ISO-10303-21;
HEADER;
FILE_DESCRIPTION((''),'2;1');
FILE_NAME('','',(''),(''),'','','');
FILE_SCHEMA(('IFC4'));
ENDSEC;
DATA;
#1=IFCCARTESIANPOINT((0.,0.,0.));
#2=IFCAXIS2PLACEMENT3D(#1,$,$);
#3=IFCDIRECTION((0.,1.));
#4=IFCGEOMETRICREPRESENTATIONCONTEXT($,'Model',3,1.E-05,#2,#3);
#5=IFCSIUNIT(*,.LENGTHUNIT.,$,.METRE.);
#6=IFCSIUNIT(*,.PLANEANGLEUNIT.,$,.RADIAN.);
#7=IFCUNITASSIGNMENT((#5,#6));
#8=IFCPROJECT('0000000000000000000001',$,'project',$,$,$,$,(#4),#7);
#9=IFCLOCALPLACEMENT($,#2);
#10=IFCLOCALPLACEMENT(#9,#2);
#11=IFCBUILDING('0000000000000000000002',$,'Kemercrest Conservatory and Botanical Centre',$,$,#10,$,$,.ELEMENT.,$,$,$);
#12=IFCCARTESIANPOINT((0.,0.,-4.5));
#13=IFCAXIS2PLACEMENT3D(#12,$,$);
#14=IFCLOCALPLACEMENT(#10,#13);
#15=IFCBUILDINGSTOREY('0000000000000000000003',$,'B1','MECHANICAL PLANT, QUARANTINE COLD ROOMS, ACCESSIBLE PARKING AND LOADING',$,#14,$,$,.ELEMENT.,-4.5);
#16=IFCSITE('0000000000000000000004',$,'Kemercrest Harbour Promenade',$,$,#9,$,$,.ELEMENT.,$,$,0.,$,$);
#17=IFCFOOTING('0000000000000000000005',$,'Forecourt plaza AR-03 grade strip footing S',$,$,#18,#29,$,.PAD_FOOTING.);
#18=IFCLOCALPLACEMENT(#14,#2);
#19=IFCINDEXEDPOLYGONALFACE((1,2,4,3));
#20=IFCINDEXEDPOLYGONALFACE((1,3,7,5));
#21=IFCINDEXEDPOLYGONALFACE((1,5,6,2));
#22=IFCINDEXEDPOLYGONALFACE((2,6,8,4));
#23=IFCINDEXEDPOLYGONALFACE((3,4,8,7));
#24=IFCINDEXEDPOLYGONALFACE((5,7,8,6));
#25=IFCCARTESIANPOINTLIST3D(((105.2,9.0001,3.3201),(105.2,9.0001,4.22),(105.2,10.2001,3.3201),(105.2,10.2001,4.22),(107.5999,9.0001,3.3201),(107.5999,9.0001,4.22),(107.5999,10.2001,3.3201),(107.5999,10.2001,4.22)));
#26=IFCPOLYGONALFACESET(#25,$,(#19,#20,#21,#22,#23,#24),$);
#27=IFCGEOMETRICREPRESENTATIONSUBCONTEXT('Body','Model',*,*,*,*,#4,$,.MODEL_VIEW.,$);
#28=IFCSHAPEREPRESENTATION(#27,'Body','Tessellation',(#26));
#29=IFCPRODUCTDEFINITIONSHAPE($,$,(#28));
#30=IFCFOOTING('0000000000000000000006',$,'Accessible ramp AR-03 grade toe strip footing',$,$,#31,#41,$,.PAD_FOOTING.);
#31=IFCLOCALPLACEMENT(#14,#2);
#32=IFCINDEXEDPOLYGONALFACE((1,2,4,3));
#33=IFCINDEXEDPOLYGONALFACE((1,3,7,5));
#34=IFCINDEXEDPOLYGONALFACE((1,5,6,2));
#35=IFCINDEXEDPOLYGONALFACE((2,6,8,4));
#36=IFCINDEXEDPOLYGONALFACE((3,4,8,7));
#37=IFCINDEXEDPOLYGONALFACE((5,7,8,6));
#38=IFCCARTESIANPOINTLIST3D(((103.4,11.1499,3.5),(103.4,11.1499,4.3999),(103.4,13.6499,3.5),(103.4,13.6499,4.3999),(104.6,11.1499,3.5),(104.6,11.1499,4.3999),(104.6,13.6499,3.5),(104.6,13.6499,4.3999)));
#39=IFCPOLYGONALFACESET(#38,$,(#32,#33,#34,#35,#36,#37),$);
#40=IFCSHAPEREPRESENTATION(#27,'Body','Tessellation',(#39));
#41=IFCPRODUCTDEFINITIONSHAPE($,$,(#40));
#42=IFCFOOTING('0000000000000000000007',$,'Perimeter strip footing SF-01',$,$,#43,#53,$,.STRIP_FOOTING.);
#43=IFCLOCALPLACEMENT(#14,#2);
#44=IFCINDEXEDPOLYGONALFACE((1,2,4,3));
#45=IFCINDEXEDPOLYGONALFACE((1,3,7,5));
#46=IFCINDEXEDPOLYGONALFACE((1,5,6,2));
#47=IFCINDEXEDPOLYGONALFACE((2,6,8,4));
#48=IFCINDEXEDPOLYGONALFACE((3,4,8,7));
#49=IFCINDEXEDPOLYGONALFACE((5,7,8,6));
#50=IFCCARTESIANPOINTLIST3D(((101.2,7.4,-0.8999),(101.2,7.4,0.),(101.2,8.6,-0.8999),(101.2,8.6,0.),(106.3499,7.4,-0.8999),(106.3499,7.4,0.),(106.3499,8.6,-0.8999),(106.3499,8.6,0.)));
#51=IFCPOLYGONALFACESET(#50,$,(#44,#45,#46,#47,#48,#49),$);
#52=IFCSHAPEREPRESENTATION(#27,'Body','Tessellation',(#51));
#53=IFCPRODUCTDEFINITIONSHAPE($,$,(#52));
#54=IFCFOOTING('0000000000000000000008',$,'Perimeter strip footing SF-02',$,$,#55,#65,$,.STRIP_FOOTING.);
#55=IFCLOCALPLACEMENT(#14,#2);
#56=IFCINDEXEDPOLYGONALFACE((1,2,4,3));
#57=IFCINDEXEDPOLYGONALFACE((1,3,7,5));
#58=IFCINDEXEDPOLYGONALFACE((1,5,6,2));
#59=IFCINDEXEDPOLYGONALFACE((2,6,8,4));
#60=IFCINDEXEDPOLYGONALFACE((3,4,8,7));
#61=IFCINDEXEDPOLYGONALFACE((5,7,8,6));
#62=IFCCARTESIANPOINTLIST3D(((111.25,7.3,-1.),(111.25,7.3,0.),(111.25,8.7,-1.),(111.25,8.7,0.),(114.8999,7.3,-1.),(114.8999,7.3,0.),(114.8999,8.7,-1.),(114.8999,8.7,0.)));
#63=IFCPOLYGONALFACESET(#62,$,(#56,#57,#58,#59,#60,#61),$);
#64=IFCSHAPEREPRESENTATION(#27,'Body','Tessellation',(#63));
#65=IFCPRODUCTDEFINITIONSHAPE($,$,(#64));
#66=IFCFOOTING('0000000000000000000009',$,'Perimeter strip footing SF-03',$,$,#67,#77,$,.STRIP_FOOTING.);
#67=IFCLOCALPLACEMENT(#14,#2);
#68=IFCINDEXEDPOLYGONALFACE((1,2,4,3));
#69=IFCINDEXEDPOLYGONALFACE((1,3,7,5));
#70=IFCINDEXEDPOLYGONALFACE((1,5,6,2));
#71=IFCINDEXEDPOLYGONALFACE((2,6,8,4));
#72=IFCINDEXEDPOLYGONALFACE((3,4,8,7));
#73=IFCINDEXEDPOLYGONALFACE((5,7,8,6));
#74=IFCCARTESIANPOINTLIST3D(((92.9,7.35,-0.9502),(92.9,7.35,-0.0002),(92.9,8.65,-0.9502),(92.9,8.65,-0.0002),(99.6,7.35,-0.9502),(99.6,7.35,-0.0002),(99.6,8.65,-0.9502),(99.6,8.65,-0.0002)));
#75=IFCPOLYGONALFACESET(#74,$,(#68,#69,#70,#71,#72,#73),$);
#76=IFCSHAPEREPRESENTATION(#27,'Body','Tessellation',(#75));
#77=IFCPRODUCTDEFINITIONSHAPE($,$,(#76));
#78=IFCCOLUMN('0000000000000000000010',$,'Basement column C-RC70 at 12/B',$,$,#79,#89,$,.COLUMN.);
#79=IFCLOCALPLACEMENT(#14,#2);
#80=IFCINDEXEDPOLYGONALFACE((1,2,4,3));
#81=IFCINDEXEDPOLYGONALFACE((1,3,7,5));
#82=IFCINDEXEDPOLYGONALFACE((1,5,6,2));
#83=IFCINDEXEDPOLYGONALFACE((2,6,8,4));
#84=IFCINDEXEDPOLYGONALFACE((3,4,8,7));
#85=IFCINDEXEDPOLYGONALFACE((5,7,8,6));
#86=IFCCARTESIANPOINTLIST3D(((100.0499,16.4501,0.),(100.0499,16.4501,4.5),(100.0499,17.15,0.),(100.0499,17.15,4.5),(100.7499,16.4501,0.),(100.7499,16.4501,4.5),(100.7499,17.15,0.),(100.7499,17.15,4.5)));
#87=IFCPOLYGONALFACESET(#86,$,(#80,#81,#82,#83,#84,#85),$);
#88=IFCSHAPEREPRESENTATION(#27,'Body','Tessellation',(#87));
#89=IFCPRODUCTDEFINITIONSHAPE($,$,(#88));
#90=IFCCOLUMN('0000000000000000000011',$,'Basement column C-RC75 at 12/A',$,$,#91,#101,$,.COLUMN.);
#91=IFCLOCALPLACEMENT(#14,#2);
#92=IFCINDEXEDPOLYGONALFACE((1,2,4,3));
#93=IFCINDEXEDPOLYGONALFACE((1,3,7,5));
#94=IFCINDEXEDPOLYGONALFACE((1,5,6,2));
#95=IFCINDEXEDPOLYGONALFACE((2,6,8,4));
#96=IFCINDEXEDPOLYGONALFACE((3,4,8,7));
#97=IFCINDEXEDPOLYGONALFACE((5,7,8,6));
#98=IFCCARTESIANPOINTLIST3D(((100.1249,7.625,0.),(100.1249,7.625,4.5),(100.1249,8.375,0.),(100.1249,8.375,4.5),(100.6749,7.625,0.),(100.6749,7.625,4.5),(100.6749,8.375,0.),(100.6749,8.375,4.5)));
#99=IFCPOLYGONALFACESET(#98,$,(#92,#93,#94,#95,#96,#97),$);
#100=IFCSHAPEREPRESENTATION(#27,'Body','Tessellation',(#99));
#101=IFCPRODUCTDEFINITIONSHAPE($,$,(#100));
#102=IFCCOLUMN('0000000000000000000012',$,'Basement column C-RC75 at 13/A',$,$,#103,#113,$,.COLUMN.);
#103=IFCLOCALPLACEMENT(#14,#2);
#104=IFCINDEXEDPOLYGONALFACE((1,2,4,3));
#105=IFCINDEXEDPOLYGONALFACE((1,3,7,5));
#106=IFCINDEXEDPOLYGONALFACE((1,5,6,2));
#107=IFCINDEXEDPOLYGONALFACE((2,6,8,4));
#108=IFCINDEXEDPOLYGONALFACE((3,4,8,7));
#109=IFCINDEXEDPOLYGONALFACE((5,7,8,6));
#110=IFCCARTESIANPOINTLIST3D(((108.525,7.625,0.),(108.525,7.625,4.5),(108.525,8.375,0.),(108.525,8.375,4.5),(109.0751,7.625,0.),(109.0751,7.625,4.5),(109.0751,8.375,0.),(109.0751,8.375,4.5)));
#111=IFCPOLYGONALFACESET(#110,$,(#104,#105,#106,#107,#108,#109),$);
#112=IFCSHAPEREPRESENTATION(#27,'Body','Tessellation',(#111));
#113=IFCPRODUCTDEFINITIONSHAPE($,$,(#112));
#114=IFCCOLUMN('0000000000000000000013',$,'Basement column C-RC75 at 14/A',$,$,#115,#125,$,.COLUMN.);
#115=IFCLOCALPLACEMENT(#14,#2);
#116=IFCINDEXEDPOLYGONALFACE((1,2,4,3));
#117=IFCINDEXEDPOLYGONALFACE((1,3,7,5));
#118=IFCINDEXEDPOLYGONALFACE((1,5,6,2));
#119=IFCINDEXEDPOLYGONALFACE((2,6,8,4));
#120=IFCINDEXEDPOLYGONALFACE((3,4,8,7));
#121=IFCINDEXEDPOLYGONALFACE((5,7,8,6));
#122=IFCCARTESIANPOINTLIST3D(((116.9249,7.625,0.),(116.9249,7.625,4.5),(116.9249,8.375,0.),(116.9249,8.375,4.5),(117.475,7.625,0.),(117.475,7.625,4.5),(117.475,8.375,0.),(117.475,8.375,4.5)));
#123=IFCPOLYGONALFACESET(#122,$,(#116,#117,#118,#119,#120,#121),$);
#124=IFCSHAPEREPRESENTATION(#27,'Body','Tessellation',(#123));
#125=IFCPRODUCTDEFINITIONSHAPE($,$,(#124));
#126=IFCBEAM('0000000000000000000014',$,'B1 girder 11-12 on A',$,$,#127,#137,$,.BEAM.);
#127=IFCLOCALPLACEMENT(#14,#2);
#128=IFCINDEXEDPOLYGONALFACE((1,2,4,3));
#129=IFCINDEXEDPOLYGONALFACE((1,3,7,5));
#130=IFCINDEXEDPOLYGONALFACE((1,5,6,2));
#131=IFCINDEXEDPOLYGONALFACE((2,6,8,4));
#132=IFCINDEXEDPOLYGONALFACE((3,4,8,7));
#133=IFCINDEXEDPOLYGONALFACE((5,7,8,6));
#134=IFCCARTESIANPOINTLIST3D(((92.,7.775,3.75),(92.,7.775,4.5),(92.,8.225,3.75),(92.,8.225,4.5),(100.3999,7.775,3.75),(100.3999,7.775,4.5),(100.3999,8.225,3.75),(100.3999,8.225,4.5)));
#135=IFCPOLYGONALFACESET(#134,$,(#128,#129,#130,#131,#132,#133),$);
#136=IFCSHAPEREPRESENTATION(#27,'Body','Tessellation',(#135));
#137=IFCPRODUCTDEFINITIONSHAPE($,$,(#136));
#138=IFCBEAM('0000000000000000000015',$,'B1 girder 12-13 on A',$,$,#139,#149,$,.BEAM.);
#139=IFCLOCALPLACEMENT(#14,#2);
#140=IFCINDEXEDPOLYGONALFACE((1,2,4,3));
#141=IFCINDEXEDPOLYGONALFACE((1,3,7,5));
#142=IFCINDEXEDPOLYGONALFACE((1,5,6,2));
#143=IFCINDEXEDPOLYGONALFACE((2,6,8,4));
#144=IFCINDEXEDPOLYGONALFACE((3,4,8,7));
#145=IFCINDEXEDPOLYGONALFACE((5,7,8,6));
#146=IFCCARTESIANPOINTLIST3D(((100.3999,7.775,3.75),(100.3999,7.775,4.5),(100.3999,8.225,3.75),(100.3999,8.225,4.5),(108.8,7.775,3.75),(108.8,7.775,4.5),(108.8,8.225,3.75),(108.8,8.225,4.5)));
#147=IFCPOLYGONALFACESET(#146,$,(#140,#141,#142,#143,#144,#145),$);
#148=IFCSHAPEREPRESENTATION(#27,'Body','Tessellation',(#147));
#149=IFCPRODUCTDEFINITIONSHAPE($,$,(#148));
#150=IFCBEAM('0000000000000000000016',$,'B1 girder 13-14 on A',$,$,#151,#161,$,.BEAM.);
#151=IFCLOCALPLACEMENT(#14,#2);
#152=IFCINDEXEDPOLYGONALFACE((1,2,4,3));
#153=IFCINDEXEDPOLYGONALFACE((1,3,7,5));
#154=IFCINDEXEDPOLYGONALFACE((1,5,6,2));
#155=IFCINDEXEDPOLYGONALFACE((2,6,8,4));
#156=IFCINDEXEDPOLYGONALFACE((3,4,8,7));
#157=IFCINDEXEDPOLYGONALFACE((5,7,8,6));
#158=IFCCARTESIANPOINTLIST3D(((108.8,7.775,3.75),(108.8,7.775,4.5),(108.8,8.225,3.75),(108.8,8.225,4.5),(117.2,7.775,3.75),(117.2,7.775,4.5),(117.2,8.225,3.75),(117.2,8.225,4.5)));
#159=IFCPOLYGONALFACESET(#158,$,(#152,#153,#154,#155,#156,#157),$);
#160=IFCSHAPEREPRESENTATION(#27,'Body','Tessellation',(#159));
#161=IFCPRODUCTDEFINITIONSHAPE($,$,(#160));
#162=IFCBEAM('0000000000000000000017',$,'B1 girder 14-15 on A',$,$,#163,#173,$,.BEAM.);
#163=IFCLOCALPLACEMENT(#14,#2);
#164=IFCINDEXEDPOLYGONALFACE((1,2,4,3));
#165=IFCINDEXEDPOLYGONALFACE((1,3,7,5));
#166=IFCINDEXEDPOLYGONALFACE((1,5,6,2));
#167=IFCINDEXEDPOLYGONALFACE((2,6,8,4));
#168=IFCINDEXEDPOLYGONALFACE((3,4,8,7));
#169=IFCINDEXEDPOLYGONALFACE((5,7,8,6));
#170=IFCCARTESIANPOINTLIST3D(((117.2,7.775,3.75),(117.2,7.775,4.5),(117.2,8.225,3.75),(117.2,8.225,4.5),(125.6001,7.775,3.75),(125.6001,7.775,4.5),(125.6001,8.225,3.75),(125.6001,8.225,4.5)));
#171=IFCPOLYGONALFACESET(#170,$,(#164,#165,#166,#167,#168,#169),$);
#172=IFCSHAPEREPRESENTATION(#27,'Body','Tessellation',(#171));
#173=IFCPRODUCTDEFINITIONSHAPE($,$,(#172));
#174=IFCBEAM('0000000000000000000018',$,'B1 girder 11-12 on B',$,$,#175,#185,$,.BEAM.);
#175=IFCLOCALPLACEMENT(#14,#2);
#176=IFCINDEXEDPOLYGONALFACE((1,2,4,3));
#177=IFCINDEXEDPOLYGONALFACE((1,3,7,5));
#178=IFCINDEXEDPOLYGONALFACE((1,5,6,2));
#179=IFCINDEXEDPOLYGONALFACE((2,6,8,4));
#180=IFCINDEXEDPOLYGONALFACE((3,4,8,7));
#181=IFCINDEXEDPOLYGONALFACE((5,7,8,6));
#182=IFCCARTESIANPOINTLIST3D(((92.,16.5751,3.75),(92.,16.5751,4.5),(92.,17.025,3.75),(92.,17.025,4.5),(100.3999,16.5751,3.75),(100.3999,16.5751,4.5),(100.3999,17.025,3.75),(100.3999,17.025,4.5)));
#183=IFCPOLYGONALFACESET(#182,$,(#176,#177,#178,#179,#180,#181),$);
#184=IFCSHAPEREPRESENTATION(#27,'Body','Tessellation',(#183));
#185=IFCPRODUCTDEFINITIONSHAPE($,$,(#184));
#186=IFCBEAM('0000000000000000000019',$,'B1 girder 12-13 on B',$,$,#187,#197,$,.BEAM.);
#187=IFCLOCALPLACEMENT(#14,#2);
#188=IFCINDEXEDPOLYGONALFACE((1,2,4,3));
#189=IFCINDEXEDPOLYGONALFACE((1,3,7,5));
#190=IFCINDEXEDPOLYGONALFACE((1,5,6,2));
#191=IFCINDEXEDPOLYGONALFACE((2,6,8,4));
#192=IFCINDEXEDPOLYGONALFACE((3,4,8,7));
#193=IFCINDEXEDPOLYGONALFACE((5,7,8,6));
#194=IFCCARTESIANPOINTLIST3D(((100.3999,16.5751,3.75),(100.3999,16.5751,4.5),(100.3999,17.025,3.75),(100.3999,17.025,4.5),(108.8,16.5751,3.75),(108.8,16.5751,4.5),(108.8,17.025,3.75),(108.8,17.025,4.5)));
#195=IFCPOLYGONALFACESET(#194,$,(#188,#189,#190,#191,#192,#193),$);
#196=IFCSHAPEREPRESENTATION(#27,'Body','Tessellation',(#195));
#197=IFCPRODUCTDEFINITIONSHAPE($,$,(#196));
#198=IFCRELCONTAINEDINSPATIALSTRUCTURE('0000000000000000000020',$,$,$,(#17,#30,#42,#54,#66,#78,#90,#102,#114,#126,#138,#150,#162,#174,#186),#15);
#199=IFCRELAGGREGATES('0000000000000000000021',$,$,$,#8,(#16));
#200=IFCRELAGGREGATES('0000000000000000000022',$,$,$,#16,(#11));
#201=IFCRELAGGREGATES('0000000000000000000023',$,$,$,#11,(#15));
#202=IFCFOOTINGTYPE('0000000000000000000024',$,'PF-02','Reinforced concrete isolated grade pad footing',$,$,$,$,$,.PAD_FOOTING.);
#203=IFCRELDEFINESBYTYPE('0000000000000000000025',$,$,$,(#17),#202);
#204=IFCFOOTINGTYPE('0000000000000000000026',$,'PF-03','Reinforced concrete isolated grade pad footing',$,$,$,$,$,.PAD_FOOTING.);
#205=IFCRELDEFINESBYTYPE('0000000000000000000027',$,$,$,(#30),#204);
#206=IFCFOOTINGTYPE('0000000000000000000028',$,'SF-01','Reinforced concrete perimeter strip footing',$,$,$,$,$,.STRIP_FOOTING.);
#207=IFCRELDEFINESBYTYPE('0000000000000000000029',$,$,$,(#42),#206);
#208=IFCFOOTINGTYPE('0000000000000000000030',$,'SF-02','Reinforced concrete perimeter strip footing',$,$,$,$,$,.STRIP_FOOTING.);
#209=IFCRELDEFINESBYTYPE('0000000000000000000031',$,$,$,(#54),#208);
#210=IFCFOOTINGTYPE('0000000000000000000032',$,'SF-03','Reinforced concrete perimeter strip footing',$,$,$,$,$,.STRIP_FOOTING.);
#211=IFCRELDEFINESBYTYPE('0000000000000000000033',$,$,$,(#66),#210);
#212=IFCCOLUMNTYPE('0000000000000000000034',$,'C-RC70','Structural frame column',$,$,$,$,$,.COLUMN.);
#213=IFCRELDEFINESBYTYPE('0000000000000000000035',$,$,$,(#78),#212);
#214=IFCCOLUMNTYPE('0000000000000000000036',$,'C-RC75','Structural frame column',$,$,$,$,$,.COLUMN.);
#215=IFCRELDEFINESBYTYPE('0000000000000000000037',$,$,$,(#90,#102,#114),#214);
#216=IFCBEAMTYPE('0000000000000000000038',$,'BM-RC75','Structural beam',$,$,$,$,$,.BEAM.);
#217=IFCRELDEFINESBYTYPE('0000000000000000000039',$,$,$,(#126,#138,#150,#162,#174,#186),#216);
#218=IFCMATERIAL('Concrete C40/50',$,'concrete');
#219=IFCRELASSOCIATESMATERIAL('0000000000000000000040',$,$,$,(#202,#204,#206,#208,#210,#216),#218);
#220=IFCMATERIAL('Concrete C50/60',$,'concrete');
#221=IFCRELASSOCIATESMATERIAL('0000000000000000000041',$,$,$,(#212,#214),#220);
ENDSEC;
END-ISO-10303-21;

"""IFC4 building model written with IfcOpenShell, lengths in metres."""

from ifc_helpers import new_model, si_unit, direction, frame, origin, origin_2d, place, context, subcontext, project, spatial, rectangle, extrude, material, material_profile, profile_set, type_object, element, save


model = new_model("IFC4")

# Units and contexts
model_context = context("Model", 3, precision=1e-05, world=origin(), true_north=direction((0.0, 1.0)))
body_context = subcontext(model_context, "Body", "Model", "MODEL_VIEW")
ifc_project = project(units=[si_unit("LENGTHUNIT", "METRE"), si_unit("PLANEANGLEUNIT", "RADIAN")], contexts=[model_context])

# Site, building, storey
site_placement = place(None, origin())
site = spatial("IfcSite", under=ifc_project, at=site_placement, Name="Kemercrest Harbour Promenade", CompositionType="ELEMENT", RefElevation=0.0)
building_placement = place(site_placement, origin())
building = spatial("IfcBuilding", under=site, at=building_placement, Name="Kemercrest Conservatory and Botanical Centre", CompositionType="ELEMENT")
storey_placement = place(building_placement, frame((0.0, 0.0, -4.5)))
storey = spatial("IfcBuildingStorey", under=building, at=storey_placement, Name="B1", Description="MECHANICAL PLANT, QUARANTINE COLD ROOMS, ACCESSIBLE PARKING AND LOADING", CompositionType="ELEMENT", Elevation=-4.5)

# Shared definitions
ifc_material_1 = material(Name="Concrete C40/50", Category="concrete")

# Footings
footing_type_1 = type_object("IfcFootingType", Name="PF-02", Description="Reinforced concrete isolated grade pad footing", PredefinedType="PAD_FOOTING", material=ifc_material_1)
footing_1_placement = place(storey_placement, frame((106.3999, 9.6001, 3.3201), z_axis=(0.0, 0.0, 1.0), x_axis=(1.0, 0.0, 0.0)))
element("IfcFooting", 1, at=footing_1_placement, inside=storey, type_object=footing_type_1, Name="Forecourt plaza AR-03 grade strip footing S", PredefinedType="PAD_FOOTING", context=body_context, shape_type="SweptSolid", body=[
    extrude(rectangle(XDim=2.3999, YDim=1.2, at=origin_2d()), origin(), (0.0, 0.0, 1.0), 0.8999),
])
footing_type_2 = type_object("IfcFootingType", Name="PF-03", Description="Reinforced concrete isolated grade pad footing", PredefinedType="PAD_FOOTING", material=ifc_material_1)
footing_2_placement = place(storey_placement, frame((104.0, 12.3999, 3.5), z_axis=(0.0, 0.0, 1.0), x_axis=(1.0, 0.0, 0.0)))
element("IfcFooting", 2, at=footing_2_placement, inside=storey, type_object=footing_type_2, Name="Accessible ramp AR-03 grade toe strip footing", PredefinedType="PAD_FOOTING", context=body_context, shape_type="SweptSolid", body=[
    extrude(rectangle(XDim=1.2, YDim=2.5, at=origin_2d()), origin(), (0.0, 0.0, 1.0), 0.8999),
])
footing_type_3 = type_object("IfcFootingType", Name="SF-01", Description="Reinforced concrete perimeter strip footing", PredefinedType="STRIP_FOOTING", material=ifc_material_1)
footing_3_placement = place(storey_placement, frame((103.7749, 8.0, -0.8999), z_axis=(0.0, 0.0, 1.0), x_axis=(1.0, 0.0, 0.0)))
element("IfcFooting", 3, at=footing_3_placement, inside=storey, type_object=footing_type_3, Name="Perimeter strip footing SF-01", PredefinedType="STRIP_FOOTING", context=body_context, shape_type="SweptSolid", body=[
    extrude(rectangle(XDim=5.1499, YDim=1.2, at=origin_2d()), origin(), (0.0, 0.0, 1.0), 0.8999),
])
footing_type_4 = type_object("IfcFootingType", Name="SF-02", Description="Reinforced concrete perimeter strip footing", PredefinedType="STRIP_FOOTING", material=ifc_material_1)
footing_4_placement = place(storey_placement, frame((113.075, 8.0, -1.0), z_axis=(0.0, 0.0, 1.0), x_axis=(1.0, 0.0, 0.0)))
element("IfcFooting", 4, at=footing_4_placement, inside=storey, type_object=footing_type_4, Name="Perimeter strip footing SF-02", PredefinedType="STRIP_FOOTING", context=body_context, shape_type="SweptSolid", body=[
    extrude(rectangle(XDim=3.6499, YDim=1.3999, at=origin_2d()), origin(), (0.0, 0.0, 1.0), 1.0),
])
footing_type_5 = type_object("IfcFootingType", Name="SF-03", Description="Reinforced concrete perimeter strip footing", PredefinedType="STRIP_FOOTING", material=ifc_material_1)
footing_5_placement = place(storey_placement, frame((96.25, 8.0, -0.9502), z_axis=(0.0, 0.0, 1.0), x_axis=(1.0, 0.0, 0.0)))
element("IfcFooting", 5, at=footing_5_placement, inside=storey, type_object=footing_type_5, Name="Perimeter strip footing SF-03", PredefinedType="STRIP_FOOTING", context=body_context, shape_type="SweptSolid", body=[
    extrude(rectangle(XDim=6.7, YDim=1.3, at=origin_2d()), origin(), (0.0, 0.0, 1.0), 0.95),
])

# Columns
ifc_material_2 = material(Name="Concrete C50/60", Category="concrete")
ifc_material_profile_1 = material_profile(ifc_material_2, rectangle(XDim=0.7, YDim=0.7, at=origin_2d()), Name="RC 700x700")
ifc_profile_set_1 = profile_set([ifc_material_profile_1], Name="Concrete C50/60")
column_type_1 = type_object("IfcColumnType", Name="C-RC70", Description="Structural frame column", PredefinedType="COLUMN", material=ifc_profile_set_1)
column_placement = place(storey_placement, frame((100.3999, 16.8, 0.0), z_axis=(0.0, 0.0, 1.0), x_axis=(1.0, 0.0, 0.0)))
element("IfcColumn", 6, at=column_placement, inside=storey, type_object=column_type_1, Name="Basement column C-RC70 at 12/B", PredefinedType="COLUMN", context=body_context, shape_type="SweptSolid", body=[
    extrude(rectangle(XDim=0.7, YDim=0.7, at=origin_2d()), origin(), (0.0, 0.0, 1.0), 4.5),
])
ifc_material_profile_2 = material_profile(ifc_material_2, rectangle(XDim=0.55, YDim=0.75, at=origin_2d()), Name="RC 750x550")
ifc_profile_set_2 = profile_set([ifc_material_profile_2], Name="Concrete C50/60")
column_type_2 = type_object("IfcColumnType", Name="C-RC75", Description="Structural frame column", PredefinedType="COLUMN", material=ifc_profile_set_2)
for number, where, z_axis, x_axis, name in (
    (7, (100.3999, 8.0, 0.0), (0.0, 0.0, 1.0), (1.0, 0.0, 0.0), "Basement column C-RC75 at 12/A"),
    (8, (108.8, 8.0, 0.0), (0.0, 0.0, 1.0), (1.0, 0.0, 0.0), "Basement column C-RC75 at 13/A"),
    (9, (117.2, 8.0, 0.0), (0.0, 0.0, 1.0), (1.0, 0.0, 0.0), "Basement column C-RC75 at 14/A"),
):
    element("IfcColumn", number, at=place(storey_placement, frame(where, z_axis=z_axis, x_axis=x_axis)), inside=storey, type_object=column_type_2, Name=name, PredefinedType="COLUMN", context=body_context, shape_type="SweptSolid", body=[
        extrude(rectangle(XDim=0.55, YDim=0.75, at=origin_2d()), origin(), (0.0, 0.0, 1.0), 4.5),
    ])

# Beams
ifc_material_profile_3 = material_profile(ifc_material_1, rectangle(XDim=0.45, YDim=0.75, at=origin_2d()), Name="RC 450x750")
ifc_profile_set_3 = profile_set([ifc_material_profile_3], Name="Concrete C40/50")
beam_type = type_object("IfcBeamType", Name="BM-RC75", Description="Structural beam", PredefinedType="BEAM", material=ifc_profile_set_3)
beam_1_placement = place(storey_placement, frame((92.0, 8.0, 4.125), z_axis=(1.0, 0.0, 0.0), x_axis=(0.0, 1.0, 0.0)))
element("IfcBeam", 10, at=beam_1_placement, inside=storey, type_object=beam_type, Name="B1 girder 11-12 on A", PredefinedType="BEAM", context=body_context, shape_type="SweptSolid", body=[
    extrude(rectangle(XDim=0.45, YDim=0.75, at=origin_2d()), origin(), (0.0, 0.0, 1.0), 8.3999),
])
beam_2_placement = place(storey_placement, frame((100.3999, 8.0, 4.125), z_axis=(1.0, 0.0, 0.0), x_axis=(0.0, 1.0, 0.0)))
element("IfcBeam", 11, at=beam_2_placement, inside=storey, type_object=beam_type, Name="B1 girder 12-13 on A", PredefinedType="BEAM", context=body_context, shape_type="SweptSolid", body=[
    extrude(rectangle(XDim=0.45, YDim=0.75, at=origin_2d()), origin(), (0.0, 0.0, 1.0), 8.4001),
])
beam_3_placement = place(storey_placement, frame((108.8, 8.0, 4.125), z_axis=(1.0, 0.0, 0.0), x_axis=(0.0, 1.0, 0.0)))
element("IfcBeam", 12, at=beam_3_placement, inside=storey, type_object=beam_type, Name="B1 girder 13-14 on A", PredefinedType="BEAM", context=body_context, shape_type="SweptSolid", body=[
    extrude(rectangle(XDim=0.45, YDim=0.75, at=origin_2d()), origin(), (0.0, 0.0, 1.0), 8.3999),
])
beam_4_placement = place(storey_placement, frame((117.2, 8.0, 4.125), z_axis=(1.0, 0.0, 0.0), x_axis=(0.0, 1.0, 0.0)))
element("IfcBeam", 13, at=beam_4_placement, inside=storey, type_object=beam_type, Name="B1 girder 14-15 on A", PredefinedType="BEAM", context=body_context, shape_type="SweptSolid", body=[
    extrude(rectangle(XDim=0.45, YDim=0.75, at=origin_2d()), origin(), (0.0, 0.0, 1.0), 8.4001),
])
beam_5_placement = place(storey_placement, frame((92.0, 16.8, 4.125), z_axis=(1.0, 0.0, 0.0), x_axis=(0.0, 1.0, 0.0)))
element("IfcBeam", 14, at=beam_5_placement, inside=storey, type_object=beam_type, Name="B1 girder 11-12 on B", PredefinedType="BEAM", context=body_context, shape_type="SweptSolid", body=[
    extrude(rectangle(XDim=0.45, YDim=0.75, at=origin_2d()), origin(), (0.0, 0.0, 1.0), 8.3999),
])
beam_6_placement = place(storey_placement, frame((100.3999, 16.8, 4.125), z_axis=(1.0, 0.0, 0.0), x_axis=(0.0, 1.0, 0.0)))
element("IfcBeam", 15, at=beam_6_placement, inside=storey, type_object=beam_type, Name="B1 girder 12-13 on B", PredefinedType="BEAM", context=body_context, shape_type="SweptSolid", body=[
    extrude(rectangle(XDim=0.45, YDim=0.75, at=origin_2d()), origin(), (0.0, 0.0, 1.0), 8.4001),
])

save(model, "model.ifc")
